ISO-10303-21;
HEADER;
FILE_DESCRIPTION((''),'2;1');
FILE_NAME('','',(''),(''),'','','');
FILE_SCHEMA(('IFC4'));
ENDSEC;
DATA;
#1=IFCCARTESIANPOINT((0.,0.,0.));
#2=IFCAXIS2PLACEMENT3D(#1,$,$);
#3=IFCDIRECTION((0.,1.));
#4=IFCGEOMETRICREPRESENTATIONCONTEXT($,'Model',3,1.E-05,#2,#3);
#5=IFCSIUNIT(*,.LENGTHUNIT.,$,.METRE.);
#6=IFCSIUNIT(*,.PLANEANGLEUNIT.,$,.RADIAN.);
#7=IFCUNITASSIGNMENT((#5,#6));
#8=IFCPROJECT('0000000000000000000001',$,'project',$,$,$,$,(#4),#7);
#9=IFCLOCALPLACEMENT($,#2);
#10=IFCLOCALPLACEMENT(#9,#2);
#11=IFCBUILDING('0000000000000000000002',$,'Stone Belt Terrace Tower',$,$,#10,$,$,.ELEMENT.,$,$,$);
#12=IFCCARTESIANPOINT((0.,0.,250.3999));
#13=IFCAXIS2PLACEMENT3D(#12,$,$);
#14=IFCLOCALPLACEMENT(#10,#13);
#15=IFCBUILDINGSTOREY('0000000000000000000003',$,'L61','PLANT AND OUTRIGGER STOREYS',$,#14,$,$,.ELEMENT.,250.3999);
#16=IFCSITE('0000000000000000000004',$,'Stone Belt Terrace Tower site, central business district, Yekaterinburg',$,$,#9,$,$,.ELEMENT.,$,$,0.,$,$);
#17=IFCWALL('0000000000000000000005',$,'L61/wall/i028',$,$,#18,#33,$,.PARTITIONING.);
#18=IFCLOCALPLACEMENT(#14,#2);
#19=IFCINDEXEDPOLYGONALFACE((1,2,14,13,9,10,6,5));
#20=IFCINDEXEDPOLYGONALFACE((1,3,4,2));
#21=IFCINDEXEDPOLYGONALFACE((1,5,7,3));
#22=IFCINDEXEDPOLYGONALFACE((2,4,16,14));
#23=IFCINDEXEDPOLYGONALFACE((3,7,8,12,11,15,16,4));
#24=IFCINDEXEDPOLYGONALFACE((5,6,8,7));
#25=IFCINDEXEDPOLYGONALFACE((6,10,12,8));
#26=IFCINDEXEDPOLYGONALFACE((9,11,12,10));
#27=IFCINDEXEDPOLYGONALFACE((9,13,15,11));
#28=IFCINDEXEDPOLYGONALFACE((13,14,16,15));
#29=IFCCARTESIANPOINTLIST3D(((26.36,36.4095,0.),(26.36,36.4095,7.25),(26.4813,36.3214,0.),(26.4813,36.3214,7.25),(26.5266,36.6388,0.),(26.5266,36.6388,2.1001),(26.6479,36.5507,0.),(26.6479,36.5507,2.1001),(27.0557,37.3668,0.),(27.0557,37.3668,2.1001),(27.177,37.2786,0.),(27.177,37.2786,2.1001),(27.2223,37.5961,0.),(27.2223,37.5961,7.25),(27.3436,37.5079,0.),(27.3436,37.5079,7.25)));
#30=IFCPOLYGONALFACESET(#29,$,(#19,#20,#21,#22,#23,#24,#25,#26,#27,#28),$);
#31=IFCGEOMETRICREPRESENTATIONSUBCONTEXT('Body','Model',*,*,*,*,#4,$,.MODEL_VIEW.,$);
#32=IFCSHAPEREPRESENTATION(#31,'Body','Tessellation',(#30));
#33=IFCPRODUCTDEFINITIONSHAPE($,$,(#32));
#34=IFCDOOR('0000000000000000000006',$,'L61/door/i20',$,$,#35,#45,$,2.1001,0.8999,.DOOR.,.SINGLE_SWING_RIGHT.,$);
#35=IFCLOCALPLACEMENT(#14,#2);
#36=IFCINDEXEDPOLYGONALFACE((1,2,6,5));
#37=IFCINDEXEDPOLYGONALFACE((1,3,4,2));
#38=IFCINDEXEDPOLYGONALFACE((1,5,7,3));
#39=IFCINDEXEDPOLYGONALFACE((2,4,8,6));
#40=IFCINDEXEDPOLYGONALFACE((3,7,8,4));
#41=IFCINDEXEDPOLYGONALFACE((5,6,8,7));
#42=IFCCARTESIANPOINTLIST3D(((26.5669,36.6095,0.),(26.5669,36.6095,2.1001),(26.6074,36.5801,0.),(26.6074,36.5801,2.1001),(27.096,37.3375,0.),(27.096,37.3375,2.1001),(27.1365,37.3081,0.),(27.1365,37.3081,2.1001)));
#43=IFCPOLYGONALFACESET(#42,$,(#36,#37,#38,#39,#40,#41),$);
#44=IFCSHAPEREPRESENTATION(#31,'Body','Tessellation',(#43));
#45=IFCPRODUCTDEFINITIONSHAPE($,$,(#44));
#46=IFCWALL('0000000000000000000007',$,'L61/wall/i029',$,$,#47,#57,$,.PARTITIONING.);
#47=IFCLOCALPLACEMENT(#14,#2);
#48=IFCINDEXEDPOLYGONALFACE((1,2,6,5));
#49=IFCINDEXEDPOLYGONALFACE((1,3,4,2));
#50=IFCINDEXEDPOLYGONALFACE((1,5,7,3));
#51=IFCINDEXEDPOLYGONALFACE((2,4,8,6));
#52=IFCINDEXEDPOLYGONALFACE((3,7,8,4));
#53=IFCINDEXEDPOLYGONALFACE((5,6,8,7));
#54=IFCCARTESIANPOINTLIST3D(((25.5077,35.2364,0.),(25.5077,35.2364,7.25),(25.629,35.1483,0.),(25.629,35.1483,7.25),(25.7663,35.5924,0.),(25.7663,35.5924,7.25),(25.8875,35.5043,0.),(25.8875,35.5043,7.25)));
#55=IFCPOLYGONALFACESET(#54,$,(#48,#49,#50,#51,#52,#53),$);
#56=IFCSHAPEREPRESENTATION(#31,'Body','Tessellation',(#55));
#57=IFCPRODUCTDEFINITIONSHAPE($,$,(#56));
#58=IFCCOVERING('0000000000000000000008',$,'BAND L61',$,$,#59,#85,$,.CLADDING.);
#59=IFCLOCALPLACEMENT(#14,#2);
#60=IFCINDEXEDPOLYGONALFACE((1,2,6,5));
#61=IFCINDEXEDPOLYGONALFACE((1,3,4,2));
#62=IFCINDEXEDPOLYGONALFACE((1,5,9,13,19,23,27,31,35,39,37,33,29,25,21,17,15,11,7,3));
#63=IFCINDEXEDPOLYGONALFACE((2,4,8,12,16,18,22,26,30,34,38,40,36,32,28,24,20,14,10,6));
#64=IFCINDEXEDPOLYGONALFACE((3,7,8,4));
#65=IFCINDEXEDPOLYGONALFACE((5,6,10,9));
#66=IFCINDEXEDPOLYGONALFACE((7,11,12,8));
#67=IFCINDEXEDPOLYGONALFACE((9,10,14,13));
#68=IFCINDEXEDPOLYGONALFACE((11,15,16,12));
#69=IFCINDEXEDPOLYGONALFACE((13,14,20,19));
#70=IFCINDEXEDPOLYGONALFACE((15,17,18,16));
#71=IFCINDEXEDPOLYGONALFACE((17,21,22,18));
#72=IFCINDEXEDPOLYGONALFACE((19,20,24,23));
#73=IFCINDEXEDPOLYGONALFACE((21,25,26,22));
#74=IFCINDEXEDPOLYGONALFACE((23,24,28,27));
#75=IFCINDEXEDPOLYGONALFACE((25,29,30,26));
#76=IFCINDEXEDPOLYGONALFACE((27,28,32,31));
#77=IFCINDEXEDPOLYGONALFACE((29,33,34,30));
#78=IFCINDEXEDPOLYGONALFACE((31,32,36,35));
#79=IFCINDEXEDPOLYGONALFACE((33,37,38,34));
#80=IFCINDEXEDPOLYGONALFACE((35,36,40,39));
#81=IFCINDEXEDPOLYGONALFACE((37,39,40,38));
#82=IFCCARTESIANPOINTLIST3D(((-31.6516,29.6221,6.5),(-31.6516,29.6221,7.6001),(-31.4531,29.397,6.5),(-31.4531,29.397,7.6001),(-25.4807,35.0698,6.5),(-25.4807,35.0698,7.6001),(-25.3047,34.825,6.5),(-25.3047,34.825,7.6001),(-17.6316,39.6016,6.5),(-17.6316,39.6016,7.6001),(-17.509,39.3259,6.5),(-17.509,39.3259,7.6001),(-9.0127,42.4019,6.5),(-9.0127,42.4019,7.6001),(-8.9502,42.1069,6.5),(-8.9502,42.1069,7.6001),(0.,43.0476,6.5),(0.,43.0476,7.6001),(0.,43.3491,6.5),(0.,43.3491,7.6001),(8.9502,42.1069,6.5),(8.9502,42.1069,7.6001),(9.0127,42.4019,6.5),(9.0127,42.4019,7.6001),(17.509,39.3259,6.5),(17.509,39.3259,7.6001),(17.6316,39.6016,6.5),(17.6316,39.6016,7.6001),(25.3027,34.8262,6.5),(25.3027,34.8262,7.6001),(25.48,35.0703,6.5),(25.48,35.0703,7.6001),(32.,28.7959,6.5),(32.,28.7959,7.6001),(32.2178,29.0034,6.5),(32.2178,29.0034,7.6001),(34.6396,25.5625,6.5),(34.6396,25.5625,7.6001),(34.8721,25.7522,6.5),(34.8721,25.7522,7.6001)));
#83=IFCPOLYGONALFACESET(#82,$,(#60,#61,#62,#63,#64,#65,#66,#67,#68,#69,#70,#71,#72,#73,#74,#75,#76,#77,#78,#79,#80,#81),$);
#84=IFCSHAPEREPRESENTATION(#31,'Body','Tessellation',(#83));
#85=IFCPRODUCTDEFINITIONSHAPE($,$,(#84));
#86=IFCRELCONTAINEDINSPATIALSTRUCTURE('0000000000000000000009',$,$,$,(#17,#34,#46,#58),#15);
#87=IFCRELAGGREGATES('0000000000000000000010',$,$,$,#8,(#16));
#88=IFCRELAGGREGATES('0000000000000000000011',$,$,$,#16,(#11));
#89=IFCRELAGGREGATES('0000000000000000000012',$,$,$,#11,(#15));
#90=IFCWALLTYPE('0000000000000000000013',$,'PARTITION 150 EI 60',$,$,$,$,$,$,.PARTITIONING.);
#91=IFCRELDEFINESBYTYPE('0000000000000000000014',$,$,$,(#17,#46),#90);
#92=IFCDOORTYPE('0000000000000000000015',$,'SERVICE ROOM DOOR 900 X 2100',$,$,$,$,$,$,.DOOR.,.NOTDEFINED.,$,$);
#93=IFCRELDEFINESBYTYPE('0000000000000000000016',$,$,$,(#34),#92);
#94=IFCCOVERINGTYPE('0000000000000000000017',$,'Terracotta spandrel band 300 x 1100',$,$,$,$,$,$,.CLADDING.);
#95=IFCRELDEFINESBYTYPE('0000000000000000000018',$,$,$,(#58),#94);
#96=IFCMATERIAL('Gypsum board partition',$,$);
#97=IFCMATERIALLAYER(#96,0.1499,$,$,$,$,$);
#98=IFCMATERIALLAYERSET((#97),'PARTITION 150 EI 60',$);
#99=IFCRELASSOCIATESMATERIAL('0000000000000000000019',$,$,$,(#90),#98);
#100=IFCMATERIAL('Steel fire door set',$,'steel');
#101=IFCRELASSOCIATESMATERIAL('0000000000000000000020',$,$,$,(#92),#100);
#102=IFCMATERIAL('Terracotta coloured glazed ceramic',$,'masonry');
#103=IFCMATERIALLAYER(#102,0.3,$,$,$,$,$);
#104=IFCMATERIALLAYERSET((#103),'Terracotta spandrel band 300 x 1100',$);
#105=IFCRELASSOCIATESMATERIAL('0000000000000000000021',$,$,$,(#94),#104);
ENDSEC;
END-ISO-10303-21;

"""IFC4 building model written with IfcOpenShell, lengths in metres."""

from ifc_helpers import new_model, si_unit, direction, frame, frame_2d, origin, place, context, subcontext, project, spatial, polyline, rectangle, outline, extrude, material, layer, layer_set, type_object, element, fill, save


model = new_model("IFC4")

# Units and contexts
model_context = context("Model", 3, precision=1e-05, world=origin(), true_north=direction((0.0, 1.0)))
body_context = subcontext(model_context, "Body", "Model", "MODEL_VIEW")
ifc_project = project(units=[si_unit("LENGTHUNIT", "METRE"), si_unit("PLANEANGLEUNIT", "RADIAN")], contexts=[model_context])

# Site, building, storey
site_placement = place(None, origin())
site = spatial("IfcSite", under=ifc_project, at=site_placement, Name="Stone Belt Terrace Tower site, central business district, Yekaterinburg", CompositionType="ELEMENT", RefElevation=0.0)
building_placement = place(site_placement, origin())
building = spatial("IfcBuilding", under=site, at=building_placement, Name="Stone Belt Terrace Tower", CompositionType="ELEMENT")
storey_placement = place(building_placement, frame((0.0, 0.0, 250.3999)))
storey = spatial("IfcBuildingStorey", under=building, at=storey_placement, Name="L61", Description="PLANT AND OUTRIGGER STOREYS", CompositionType="ELEMENT", Elevation=250.3999)

# Shared definitions
ifc_material_1 = material(Name="Terracotta coloured glazed ceramic", Category="masonry")

# Shared definitions
ifc_material_2 = material(Name="Gypsum board partition")
ifc_layer_1 = layer(ifc_material_2, 0.1499)
ifc_layer_set_1 = layer_set([ifc_layer_1], Name="PARTITION 150 EI 60")
wall_type = type_object("IfcWallType", Name="PARTITION 150 EI 60", PredefinedType="PARTITIONING", material=ifc_layer_set_1)

# Wall, opening, door
wall_1_placement = place(storey_placement, frame((27.283, 37.552, 0.0), z_axis=(0.0, 0.0, 1.0), x_axis=(-0.587895, -0.808938, 0.0)))
wall_1 = element("IfcWall", 1, at=wall_1_placement, inside=storey, type_object=wall_type, Name="L61/wall/i028", PredefinedType="PARTITIONING", context=body_context, shape_type="SweptSolid", body=[
    extrude(rectangle(XDim=1.4668, YDim=0.1499, at=frame_2d((0.7334, 0.0))), origin(), (0.0, 0.0, 1.0), 7.25),
])
opening_placement = place(wall_1_placement, frame((0.2834, 0.0, 0.0)))
opening = element("IfcOpeningElement", 2, at=opening_placement, cuts=wall_1, PredefinedType="OPENING", context=body_context, shape_type="SweptSolid", body=[
    extrude(rectangle(XDim=0.8999, YDim=2.1001, at=frame_2d((0.45, 1.05))), frame((0.0, 0.085, 0.0), z_axis=(0.0, -1.0, 0.0), x_axis=(1.0, 0.0, 0.0)), (0.0, 0.0, 1.0), 0.1699),
])
ifc_material_3 = material(Name="Steel fire door set", Category="steel")
door_type = type_object("IfcDoorType", Name="SERVICE ROOM DOOR 900 X 2100", OperationType="NOTDEFINED", PredefinedType="DOOR", material=ifc_material_3)
door_placement = place(opening_placement, origin())
door = element("IfcDoor", 3, at=door_placement, inside=storey, type_object=door_type, Name="L61/door/i20", OperationType="SINGLE_SWING_RIGHT", OverallHeight=2.1001, OverallWidth=0.8999, PredefinedType="DOOR", context=body_context, shape_type="SweptSolid", body=[
    extrude(rectangle(XDim=0.8999, YDim=2.1001, at=frame_2d((0.45, 1.05))), frame((0.0, 0.0249, 0.0), z_axis=(0.0, -1.0, 0.0), x_axis=(1.0, 0.0, 0.0)), (0.0, 0.0, 1.0), 0.05),
])
fill(opening, door)

# Wall
wall_2_placement = place(storey_placement, frame((25.8269, 35.5483, 0.0), z_axis=(0.0, 0.0, 1.0), x_axis=(-0.587677, -0.809096, 0.0)))
element("IfcWall", 4, at=wall_2_placement, inside=storey, type_object=wall_type, Name="L61/wall/i029", PredefinedType="PARTITIONING", context=body_context, shape_type="SweptSolid", body=[
    extrude(rectangle(XDim=0.4399, YDim=0.1499, at=frame_2d((0.22, 0.0))), origin(), (0.0, 0.0, 1.0), 7.25),
])

# Covering
ifc_layer_2 = layer(ifc_material_1, 0.3)
ifc_layer_set_2 = layer_set([ifc_layer_2], Name="Terracotta spandrel band 300 x 1100")
covering_type = type_object("IfcCoveringType", Name="Terracotta spandrel band 300 x 1100", PredefinedType="CLADDING", material=ifc_layer_set_2)
covering_placement = place(storey_placement, frame((0.0, 0.0, 6.5)))
element("IfcCovering", 5, at=covering_placement, inside=storey, type_object=covering_type, Name="BAND L61", PredefinedType="CLADDING", context=body_context, shape_type="SweptSolid", body=[
    extrude(outline(polyline([(-31.6516, 29.6221), (-25.4807, 35.0698), (-17.6316, 39.6016), (-9.0127, 42.4019), (0.0, 43.3491), (9.0127, 42.4019), (17.6316, 39.6016), (25.48, 35.0703), (32.2178, 29.0034), (34.8721, 25.7522), (34.6396, 25.5625), (32.0, 28.7959), (25.3027, 34.8262), (17.509, 39.3259), (8.9502, 42.1069), (0.0, 43.0476), (-8.9502, 42.1069), (-17.509, 39.3259), (-25.3047, 34.825), (-31.4531, 29.397), (-31.6516, 29.6221)])), origin(), (0.0, 0.0, 1.0), 1.1001),
])

save(model, "model.ifc")
